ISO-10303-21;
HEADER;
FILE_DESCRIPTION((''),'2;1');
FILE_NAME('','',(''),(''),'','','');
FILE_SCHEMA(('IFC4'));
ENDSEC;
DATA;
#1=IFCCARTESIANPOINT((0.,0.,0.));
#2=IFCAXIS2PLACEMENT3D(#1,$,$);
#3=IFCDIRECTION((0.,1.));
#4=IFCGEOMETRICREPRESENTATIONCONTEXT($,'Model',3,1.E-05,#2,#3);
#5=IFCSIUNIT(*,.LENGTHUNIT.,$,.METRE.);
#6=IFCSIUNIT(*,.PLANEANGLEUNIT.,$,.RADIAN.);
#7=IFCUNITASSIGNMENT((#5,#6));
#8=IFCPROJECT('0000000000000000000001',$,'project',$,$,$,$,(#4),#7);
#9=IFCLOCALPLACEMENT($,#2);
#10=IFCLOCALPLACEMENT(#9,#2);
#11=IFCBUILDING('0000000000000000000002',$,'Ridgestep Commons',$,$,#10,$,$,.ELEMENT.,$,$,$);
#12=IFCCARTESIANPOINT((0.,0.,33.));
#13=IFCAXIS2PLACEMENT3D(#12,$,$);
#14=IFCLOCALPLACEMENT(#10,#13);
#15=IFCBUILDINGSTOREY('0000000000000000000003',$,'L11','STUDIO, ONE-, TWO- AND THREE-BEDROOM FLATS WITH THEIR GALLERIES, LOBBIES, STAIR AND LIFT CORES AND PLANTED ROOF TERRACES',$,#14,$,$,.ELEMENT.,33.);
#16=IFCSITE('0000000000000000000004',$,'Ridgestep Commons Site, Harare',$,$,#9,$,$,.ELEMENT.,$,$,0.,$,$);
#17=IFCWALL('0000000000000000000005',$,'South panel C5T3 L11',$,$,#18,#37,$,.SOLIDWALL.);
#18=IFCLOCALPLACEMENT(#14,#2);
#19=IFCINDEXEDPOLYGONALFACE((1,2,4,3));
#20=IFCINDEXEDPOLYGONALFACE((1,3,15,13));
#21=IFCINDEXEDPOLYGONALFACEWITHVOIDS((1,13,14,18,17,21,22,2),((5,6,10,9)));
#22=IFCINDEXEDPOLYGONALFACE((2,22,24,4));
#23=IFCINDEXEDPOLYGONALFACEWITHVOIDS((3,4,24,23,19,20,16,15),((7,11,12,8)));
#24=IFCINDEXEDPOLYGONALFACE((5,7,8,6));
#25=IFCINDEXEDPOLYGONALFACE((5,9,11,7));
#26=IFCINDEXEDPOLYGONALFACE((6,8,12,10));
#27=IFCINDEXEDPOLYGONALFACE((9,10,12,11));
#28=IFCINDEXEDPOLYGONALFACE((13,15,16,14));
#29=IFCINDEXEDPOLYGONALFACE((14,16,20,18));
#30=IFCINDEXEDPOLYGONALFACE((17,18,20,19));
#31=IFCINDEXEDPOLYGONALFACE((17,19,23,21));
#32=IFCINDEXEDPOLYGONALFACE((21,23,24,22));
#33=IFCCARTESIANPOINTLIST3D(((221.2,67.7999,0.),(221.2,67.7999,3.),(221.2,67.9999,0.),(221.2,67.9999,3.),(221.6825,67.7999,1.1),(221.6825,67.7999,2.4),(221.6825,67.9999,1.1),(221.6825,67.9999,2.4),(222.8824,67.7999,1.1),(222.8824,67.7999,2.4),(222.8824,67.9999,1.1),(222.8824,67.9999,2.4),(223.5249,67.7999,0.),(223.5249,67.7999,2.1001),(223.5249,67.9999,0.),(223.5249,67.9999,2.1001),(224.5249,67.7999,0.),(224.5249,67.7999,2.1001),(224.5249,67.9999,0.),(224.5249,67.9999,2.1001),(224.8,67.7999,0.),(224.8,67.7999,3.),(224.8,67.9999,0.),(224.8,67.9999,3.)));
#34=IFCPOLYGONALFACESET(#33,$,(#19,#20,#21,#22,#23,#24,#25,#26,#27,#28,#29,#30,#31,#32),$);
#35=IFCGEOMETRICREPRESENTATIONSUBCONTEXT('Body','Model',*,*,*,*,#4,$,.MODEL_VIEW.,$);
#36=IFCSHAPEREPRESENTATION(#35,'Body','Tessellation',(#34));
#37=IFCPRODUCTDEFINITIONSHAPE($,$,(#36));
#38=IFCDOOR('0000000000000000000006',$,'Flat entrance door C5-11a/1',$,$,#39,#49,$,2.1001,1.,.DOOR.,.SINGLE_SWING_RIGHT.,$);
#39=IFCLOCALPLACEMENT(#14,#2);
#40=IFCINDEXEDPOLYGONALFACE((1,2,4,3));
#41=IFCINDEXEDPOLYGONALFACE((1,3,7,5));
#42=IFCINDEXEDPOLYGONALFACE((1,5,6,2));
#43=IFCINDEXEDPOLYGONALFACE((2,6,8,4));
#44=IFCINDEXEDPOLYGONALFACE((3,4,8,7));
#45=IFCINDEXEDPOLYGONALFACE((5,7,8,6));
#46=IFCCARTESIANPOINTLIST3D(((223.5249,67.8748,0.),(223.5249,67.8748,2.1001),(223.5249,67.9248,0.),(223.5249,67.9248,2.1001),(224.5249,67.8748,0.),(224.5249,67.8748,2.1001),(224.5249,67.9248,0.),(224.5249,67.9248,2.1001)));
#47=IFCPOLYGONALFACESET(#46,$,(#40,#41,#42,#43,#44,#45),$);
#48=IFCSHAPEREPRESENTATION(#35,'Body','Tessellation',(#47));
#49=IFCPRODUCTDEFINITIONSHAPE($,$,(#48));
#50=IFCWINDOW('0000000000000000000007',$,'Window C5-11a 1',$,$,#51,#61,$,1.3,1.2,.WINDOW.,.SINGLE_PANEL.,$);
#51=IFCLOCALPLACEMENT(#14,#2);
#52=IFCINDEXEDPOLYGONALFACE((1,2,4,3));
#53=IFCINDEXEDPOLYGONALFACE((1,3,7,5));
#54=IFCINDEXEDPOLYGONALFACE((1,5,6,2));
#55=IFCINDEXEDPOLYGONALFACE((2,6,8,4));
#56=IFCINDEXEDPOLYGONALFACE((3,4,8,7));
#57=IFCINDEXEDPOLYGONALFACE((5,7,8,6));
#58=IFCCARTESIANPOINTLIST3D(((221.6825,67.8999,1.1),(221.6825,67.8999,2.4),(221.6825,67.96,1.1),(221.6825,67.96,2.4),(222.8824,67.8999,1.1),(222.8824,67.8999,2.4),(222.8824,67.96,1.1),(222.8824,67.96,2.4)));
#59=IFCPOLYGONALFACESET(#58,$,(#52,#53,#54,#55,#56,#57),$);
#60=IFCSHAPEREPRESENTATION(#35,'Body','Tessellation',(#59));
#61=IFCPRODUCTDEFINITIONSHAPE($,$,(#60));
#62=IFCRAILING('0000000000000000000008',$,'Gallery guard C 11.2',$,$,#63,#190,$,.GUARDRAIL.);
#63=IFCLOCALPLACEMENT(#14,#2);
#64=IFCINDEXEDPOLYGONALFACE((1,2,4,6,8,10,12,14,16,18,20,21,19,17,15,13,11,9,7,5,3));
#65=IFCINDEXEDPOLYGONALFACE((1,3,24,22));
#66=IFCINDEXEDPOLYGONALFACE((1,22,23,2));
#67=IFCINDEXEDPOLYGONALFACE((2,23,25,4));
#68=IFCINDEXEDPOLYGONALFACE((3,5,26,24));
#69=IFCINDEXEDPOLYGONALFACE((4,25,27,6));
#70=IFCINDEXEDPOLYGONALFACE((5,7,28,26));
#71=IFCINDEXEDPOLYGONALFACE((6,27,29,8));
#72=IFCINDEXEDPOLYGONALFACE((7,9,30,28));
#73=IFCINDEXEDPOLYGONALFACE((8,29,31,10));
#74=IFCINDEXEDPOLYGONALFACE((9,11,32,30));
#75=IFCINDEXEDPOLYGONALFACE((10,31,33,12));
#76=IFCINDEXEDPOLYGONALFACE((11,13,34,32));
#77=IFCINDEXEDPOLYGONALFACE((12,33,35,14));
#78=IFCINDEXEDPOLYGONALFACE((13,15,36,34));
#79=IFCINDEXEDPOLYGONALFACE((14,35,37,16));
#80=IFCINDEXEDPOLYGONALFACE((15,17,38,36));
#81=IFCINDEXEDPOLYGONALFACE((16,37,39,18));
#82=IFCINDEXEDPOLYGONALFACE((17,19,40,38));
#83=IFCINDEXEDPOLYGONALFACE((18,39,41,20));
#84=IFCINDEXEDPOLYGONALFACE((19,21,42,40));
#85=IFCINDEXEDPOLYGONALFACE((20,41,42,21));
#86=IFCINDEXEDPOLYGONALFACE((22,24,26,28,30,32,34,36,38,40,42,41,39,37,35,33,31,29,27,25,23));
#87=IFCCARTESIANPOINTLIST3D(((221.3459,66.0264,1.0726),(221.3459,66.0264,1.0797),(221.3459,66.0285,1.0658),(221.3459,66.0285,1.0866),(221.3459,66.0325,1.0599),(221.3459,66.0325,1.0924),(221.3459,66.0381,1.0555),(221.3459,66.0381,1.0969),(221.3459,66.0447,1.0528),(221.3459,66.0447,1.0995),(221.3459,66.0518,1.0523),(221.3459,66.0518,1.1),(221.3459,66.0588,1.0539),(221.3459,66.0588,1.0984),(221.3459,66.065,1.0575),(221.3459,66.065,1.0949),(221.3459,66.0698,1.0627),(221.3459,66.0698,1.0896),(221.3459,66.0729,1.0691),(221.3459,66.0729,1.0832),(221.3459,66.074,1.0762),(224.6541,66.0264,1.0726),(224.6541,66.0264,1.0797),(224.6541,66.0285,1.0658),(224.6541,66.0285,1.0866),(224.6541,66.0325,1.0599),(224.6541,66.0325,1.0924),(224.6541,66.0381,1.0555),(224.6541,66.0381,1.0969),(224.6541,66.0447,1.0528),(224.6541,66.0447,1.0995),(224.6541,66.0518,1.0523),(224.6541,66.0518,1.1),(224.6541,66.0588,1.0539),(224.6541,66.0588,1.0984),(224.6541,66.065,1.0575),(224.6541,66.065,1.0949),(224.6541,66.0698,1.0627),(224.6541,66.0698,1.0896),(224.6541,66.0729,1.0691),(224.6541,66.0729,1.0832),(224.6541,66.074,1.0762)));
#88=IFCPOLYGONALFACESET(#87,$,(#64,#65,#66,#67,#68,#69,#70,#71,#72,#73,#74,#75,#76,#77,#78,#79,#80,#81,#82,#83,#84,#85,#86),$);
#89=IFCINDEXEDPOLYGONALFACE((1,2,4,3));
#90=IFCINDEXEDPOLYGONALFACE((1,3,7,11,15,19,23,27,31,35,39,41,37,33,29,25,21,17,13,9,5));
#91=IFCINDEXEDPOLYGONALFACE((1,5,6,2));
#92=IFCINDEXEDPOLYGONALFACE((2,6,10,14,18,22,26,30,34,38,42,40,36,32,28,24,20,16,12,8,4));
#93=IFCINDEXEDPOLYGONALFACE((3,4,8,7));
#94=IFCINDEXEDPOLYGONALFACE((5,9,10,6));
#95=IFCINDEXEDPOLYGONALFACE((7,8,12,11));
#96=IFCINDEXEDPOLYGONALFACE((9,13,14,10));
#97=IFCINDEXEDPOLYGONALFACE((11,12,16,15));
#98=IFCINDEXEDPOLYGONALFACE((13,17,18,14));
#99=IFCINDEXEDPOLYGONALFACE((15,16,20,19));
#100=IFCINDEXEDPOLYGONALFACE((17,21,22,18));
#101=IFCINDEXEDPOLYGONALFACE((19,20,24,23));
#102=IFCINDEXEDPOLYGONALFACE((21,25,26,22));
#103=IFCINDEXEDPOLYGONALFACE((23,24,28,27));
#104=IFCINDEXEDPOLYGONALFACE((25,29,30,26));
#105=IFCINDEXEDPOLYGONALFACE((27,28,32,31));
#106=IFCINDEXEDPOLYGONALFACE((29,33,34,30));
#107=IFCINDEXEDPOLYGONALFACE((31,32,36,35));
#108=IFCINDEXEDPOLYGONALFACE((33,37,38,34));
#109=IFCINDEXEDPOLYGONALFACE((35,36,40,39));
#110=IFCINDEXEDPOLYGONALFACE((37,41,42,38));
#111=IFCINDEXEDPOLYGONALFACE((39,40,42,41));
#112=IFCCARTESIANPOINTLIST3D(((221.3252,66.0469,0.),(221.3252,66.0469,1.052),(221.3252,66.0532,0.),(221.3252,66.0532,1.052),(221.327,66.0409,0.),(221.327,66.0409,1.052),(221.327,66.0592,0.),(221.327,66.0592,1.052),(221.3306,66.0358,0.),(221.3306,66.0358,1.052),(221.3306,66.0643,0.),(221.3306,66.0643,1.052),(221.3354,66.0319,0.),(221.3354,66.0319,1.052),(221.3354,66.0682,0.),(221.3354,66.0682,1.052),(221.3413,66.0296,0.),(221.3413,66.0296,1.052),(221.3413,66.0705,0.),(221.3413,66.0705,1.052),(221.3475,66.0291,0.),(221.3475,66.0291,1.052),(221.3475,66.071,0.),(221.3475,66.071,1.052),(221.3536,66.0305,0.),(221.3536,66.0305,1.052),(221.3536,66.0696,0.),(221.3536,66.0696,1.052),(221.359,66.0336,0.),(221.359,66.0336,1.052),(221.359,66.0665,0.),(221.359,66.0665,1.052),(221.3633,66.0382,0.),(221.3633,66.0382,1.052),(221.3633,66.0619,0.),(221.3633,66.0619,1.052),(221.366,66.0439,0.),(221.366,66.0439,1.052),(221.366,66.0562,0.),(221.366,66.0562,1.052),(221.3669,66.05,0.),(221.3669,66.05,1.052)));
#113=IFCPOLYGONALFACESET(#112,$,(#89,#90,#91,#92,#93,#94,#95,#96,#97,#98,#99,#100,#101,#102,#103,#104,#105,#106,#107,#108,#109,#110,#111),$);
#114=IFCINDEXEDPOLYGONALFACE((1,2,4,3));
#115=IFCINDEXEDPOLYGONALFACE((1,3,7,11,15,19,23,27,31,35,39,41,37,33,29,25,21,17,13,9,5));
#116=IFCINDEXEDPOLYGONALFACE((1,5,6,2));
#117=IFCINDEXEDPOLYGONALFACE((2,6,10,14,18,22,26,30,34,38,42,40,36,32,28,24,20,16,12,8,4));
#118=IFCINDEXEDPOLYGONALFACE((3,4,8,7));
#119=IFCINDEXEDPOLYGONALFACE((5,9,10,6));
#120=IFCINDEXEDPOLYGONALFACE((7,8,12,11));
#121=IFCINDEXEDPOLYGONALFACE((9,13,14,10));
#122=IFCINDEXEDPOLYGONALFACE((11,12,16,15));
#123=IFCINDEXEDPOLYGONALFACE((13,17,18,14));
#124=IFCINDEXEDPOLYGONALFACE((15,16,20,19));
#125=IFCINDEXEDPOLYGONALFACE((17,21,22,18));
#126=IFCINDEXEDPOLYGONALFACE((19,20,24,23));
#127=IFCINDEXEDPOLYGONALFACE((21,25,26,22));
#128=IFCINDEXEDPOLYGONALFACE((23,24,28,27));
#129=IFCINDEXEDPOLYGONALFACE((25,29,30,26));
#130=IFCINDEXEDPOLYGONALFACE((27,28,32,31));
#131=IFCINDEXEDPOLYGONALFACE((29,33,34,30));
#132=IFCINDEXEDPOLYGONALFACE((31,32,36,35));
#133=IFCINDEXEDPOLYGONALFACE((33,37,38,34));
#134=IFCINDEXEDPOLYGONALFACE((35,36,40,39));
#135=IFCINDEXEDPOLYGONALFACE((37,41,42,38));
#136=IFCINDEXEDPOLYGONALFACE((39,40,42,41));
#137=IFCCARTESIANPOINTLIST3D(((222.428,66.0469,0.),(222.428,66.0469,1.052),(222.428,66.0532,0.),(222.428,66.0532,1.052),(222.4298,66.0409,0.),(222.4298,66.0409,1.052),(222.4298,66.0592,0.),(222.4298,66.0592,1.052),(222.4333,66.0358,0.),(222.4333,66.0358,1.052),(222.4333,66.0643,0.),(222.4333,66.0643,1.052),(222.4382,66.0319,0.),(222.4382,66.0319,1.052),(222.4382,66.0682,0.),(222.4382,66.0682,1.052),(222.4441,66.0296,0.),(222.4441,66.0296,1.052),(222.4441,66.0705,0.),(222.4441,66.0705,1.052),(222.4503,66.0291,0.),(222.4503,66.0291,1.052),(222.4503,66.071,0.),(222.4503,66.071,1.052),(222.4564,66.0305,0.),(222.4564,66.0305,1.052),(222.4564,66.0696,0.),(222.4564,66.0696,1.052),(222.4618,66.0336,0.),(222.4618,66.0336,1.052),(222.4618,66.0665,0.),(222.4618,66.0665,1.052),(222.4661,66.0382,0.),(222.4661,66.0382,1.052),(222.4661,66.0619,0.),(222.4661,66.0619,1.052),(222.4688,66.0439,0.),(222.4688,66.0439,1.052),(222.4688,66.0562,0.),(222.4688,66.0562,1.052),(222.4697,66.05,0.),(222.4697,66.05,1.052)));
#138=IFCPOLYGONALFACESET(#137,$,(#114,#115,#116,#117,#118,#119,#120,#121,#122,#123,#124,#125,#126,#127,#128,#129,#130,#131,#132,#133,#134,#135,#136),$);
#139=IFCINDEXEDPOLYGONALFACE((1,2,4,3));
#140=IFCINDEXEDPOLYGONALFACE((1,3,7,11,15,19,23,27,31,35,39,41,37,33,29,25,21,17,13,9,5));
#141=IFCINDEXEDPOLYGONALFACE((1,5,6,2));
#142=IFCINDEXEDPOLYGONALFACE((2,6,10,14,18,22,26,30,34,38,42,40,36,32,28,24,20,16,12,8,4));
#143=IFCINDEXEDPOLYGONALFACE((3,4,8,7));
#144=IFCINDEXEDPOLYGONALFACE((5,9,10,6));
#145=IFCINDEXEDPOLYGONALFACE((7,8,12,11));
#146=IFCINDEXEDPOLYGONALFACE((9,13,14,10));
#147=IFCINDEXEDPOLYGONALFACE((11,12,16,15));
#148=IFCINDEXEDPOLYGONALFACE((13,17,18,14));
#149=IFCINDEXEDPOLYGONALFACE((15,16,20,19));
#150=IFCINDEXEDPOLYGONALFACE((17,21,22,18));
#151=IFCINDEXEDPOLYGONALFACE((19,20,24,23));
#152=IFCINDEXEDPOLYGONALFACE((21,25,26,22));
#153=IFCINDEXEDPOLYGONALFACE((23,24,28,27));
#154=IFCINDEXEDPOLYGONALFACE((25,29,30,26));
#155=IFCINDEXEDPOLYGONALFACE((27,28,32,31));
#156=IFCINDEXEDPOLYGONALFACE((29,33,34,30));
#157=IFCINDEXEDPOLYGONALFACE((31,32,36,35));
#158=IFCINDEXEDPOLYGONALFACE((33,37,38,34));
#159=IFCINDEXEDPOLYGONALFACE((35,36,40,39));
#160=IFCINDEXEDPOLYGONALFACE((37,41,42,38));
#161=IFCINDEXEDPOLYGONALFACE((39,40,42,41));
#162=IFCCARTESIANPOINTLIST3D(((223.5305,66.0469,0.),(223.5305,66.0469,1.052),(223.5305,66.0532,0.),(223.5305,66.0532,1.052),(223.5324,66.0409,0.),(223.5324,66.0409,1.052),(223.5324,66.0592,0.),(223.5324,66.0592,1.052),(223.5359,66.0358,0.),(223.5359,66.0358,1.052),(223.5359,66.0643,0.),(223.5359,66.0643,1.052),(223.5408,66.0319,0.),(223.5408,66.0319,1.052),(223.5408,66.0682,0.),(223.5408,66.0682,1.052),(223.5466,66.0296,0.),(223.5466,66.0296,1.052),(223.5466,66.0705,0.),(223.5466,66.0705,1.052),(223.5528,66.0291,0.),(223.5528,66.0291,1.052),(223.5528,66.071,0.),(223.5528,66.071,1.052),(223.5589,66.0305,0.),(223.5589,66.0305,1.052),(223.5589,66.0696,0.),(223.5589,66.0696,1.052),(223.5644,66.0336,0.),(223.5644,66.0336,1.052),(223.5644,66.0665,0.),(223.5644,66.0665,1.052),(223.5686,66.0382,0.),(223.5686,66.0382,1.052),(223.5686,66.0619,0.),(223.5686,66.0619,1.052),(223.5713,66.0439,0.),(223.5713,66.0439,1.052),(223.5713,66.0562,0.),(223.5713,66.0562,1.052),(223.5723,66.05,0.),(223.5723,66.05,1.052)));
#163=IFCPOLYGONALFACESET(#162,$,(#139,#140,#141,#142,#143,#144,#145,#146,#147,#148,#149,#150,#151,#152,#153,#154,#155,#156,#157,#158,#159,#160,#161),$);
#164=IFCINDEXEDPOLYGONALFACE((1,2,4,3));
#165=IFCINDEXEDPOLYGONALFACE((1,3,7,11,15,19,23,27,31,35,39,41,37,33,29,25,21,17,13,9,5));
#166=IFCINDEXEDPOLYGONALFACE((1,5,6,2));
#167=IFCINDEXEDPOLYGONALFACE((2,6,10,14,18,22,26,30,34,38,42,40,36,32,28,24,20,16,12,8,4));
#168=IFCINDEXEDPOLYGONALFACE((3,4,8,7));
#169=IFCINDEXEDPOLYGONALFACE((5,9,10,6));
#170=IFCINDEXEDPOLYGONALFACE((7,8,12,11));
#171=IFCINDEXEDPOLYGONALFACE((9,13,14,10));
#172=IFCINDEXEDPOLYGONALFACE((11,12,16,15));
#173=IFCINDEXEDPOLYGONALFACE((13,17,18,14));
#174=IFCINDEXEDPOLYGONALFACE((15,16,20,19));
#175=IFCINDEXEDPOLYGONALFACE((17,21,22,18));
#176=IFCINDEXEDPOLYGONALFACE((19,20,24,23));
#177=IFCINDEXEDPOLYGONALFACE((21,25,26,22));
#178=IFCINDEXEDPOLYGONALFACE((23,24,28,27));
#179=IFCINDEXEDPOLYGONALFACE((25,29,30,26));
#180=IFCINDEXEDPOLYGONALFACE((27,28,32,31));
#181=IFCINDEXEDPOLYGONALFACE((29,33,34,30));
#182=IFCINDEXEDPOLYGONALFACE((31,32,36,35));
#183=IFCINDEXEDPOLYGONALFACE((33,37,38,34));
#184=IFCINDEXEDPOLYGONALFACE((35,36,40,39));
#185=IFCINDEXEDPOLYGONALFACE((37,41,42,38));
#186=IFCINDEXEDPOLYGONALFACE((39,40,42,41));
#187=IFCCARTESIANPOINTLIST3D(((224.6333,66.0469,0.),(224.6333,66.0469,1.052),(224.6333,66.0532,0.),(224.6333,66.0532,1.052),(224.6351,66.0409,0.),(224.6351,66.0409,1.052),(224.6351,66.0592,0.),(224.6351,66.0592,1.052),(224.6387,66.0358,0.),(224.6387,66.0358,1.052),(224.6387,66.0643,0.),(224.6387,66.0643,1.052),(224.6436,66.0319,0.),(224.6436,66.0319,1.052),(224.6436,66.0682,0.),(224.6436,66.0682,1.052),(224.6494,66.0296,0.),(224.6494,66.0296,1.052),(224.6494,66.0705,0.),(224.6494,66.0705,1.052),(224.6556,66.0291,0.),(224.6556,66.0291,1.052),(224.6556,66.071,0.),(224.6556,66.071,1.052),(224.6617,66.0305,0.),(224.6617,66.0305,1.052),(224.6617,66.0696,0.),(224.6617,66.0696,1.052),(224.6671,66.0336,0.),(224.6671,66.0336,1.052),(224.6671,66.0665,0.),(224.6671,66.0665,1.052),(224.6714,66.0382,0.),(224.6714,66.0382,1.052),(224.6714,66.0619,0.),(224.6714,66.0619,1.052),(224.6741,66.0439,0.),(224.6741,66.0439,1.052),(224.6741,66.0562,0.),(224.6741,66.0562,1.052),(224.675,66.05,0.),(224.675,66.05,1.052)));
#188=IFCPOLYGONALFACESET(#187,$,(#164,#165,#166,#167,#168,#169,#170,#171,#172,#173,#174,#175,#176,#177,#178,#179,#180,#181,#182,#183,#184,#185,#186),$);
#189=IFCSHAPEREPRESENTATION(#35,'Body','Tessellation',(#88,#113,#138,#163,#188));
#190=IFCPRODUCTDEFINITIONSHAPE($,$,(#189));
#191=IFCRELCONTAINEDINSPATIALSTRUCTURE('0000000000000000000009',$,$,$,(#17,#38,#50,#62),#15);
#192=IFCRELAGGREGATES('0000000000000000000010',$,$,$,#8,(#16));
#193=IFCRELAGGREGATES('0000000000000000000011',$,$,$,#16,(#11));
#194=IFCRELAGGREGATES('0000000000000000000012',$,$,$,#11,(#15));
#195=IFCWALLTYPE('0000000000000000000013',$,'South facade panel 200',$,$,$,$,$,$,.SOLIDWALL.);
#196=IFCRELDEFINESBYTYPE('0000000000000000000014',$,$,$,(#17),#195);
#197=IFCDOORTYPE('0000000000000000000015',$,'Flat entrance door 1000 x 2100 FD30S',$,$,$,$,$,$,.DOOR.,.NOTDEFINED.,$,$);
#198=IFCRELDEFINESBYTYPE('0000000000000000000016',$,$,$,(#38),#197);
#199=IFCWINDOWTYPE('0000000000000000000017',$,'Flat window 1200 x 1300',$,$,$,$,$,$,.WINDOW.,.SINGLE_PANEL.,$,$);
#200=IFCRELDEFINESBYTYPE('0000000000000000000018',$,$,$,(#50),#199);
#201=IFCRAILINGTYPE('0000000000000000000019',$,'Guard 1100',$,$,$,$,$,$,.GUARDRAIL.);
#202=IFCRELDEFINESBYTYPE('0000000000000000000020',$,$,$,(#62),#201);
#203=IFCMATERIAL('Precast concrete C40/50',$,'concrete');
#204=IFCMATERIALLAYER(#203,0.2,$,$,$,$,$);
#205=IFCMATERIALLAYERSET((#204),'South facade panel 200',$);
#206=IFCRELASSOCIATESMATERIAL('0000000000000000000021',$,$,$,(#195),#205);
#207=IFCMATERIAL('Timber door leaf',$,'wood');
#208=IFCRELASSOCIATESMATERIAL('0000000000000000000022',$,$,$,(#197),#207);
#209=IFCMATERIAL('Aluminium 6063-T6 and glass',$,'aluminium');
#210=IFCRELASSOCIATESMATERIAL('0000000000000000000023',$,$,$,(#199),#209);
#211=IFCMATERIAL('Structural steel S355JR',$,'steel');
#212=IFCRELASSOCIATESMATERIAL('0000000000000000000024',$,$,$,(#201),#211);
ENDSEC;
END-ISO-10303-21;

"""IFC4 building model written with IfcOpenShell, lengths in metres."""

from ifc_helpers import new_model, si_unit, direction, frame, frame_2d, origin, origin_2d, place, context, subcontext, project, spatial, rectangle, circle, extrude, material, layer, layer_set, type_object, element, fill, save


model = new_model("IFC4")

# Units and contexts
model_context = context("Model", 3, precision=1e-05, world=origin(), true_north=direction((0.0, 1.0)))
body_context = subcontext(model_context, "Body", "Model", "MODEL_VIEW")
ifc_project = project(units=[si_unit("LENGTHUNIT", "METRE"), si_unit("PLANEANGLEUNIT", "RADIAN")], contexts=[model_context])

# Site, building, storey
site_placement = place(None, origin())
site = spatial("IfcSite", under=ifc_project, at=site_placement, Name="Ridgestep Commons Site, Harare", CompositionType="ELEMENT", RefElevation=0.0)
building_placement = place(site_placement, origin())
building = spatial("IfcBuilding", under=site, at=building_placement, Name="Ridgestep Commons", CompositionType="ELEMENT")
storey_placement = place(building_placement, frame((0.0, 0.0, 33.0)))
storey = spatial("IfcBuildingStorey", under=building, at=storey_placement, Name="L11", Description="STUDIO, ONE-, TWO- AND THREE-BEDROOM FLATS WITH THEIR GALLERIES, LOBBIES, STAIR AND LIFT CORES AND PLANTED ROOF TERRACES", CompositionType="ELEMENT", Elevation=33.0)

# Wall, openings, door, window
ifc_material_1 = material(Name="Precast concrete C40/50", Category="concrete")
ifc_layer_1 = layer(ifc_material_1, 0.2)
ifc_layer_set_1 = layer_set([ifc_layer_1], Name="South facade panel 200")
wall_type_1 = type_object("IfcWallType", Name="South facade panel 200", PredefinedType="SOLIDWALL", material=ifc_layer_set_1)
wall_1_placement = place(storey_placement, frame((221.2, 67.8999, 0.0), z_axis=(0.0, 0.0, 1.0), x_axis=(1.0, 0.0, 0.0)))
wall_1 = element("IfcWall", 1, at=wall_1_placement, inside=storey, type_object=wall_type_1, Name="South panel C5T3 L11", PredefinedType="SOLIDWALL", context=body_context, shape_type="SweptSolid", body=[
    extrude(rectangle(XDim=3.6001, YDim=0.2, at=frame_2d((1.8, 0.0))), origin(), (0.0, 0.0, 1.0), 3.0),
])
opening_1_placement = place(wall_1_placement, frame((0.4824, 0.0, 1.1001)))
opening_1 = element("IfcOpeningElement", 2, at=opening_1_placement, cuts=wall_1, PredefinedType="OPENING", context=body_context, shape_type="SweptSolid", body=[
    extrude(rectangle(XDim=1.2, YDim=1.3, at=frame_2d((0.6001, 0.6499))), frame((0.0, 0.1099, 0.0), z_axis=(0.0, -1.0, 0.0), x_axis=(1.0, 0.0, 0.0)), (0.0, 0.0, 1.0), 0.22),
])
opening_2_placement = place(wall_1_placement, frame((2.325, 0.0, 0.0)))
opening_2 = element("IfcOpeningElement", 3, at=opening_2_placement, cuts=wall_1, PredefinedType="OPENING", context=body_context, shape_type="SweptSolid", body=[
    extrude(rectangle(XDim=1.0, YDim=2.1001, at=frame_2d((0.5, 1.05))), frame((0.0, 0.1099, 0.0), z_axis=(0.0, -1.0, 0.0), x_axis=(1.0, 0.0, 0.0)), (0.0, 0.0, 1.0), 0.22),
])
ifc_material_2 = material(Name="Timber door leaf", Category="wood")
door_type_1 = type_object("IfcDoorType", Name="Flat entrance door 1000 x 2100 FD30S", OperationType="NOTDEFINED", PredefinedType="DOOR", material=ifc_material_2)
door_1_placement = place(opening_2_placement, origin())
door_1 = element("IfcDoor", 4, at=door_1_placement, inside=storey, type_object=door_type_1, Name="Flat entrance door C5-11a/1", OperationType="SINGLE_SWING_RIGHT", OverallHeight=2.1001, OverallWidth=1.0, PredefinedType="DOOR", context=body_context, shape_type="SweptSolid", body=[
    extrude(rectangle(XDim=1.0, YDim=2.1001, at=frame_2d((0.5, 1.05))), frame((0.0, 0.0249, 0.0), z_axis=(0.0, -1.0, 0.0), x_axis=(1.0, 0.0, 0.0)), (0.0, 0.0, 1.0), 0.05),
])
fill(opening_2, door_1)
ifc_material_3 = material(Name="Aluminium 6063-T6 and glass", Category="aluminium")
window_type_1 = type_object("IfcWindowType", Name="Flat window 1200 x 1300", PartitioningType="SINGLE_PANEL", PredefinedType="WINDOW", material=ifc_material_3)
window_1_placement = place(opening_1_placement, origin())
window_1 = element("IfcWindow", 5, at=window_1_placement, inside=storey, type_object=window_type_1, Name="Window C5-11a 1", OverallHeight=1.3, OverallWidth=1.2, PartitioningType="SINGLE_PANEL", PredefinedType="WINDOW", context=body_context, shape_type="SweptSolid", body=[
    extrude(rectangle(XDim=1.2, YDim=1.3, at=frame_2d((0.6001, 0.6499))), frame((0.0, 0.0601, 0.0), z_axis=(0.0, -1.0, 0.0), x_axis=(1.0, 0.0, 0.0)), (0.0, 0.0, 1.0), 0.0601),
])
fill(opening_1, window_1)

# Railing
ifc_material_4 = material(Name="Structural steel S355JR", Category="steel")
railing_type = type_object("IfcRailingType", Name="Guard 1100", PredefinedType="GUARDRAIL", material=ifc_material_4)
railing_1_placement = place(storey_placement, frame((221.3459, 66.05, 0.0)))
element("IfcRailing", 6, at=railing_1_placement, inside=storey, type_object=railing_type, Name="Gallery guard C 11.2", PredefinedType="GUARDRAIL", context=body_context, shape_type="SweptSolid", body=[
    extrude(circle(Radius=0.0239, at=origin_2d()), frame((0.0, 0.0, 1.0762), z_axis=(1.0, 0.0, 0.0), x_axis=(0.0, 1.0, 0.0)), (0.0, 0.0, 1.0), 3.3081),
    extrude(circle(Radius=0.021, at=origin_2d()), origin(), (0.0, 0.0, 1.0), 1.052),
    extrude(circle(Radius=0.021, at=origin_2d()), frame((1.1028, 0.0, 0.0)), (0.0, 0.0, 1.0), 1.052),
    extrude(circle(Radius=0.021, at=origin_2d()), frame((2.2053, 0.0, 0.0)), (0.0, 0.0, 1.0), 1.052),
    extrude(circle(Radius=0.021, at=origin_2d()), frame((3.3081, 0.0, 0.0)), (0.0, 0.0, 1.0), 1.052),
])

save(model, "model.ifc")
